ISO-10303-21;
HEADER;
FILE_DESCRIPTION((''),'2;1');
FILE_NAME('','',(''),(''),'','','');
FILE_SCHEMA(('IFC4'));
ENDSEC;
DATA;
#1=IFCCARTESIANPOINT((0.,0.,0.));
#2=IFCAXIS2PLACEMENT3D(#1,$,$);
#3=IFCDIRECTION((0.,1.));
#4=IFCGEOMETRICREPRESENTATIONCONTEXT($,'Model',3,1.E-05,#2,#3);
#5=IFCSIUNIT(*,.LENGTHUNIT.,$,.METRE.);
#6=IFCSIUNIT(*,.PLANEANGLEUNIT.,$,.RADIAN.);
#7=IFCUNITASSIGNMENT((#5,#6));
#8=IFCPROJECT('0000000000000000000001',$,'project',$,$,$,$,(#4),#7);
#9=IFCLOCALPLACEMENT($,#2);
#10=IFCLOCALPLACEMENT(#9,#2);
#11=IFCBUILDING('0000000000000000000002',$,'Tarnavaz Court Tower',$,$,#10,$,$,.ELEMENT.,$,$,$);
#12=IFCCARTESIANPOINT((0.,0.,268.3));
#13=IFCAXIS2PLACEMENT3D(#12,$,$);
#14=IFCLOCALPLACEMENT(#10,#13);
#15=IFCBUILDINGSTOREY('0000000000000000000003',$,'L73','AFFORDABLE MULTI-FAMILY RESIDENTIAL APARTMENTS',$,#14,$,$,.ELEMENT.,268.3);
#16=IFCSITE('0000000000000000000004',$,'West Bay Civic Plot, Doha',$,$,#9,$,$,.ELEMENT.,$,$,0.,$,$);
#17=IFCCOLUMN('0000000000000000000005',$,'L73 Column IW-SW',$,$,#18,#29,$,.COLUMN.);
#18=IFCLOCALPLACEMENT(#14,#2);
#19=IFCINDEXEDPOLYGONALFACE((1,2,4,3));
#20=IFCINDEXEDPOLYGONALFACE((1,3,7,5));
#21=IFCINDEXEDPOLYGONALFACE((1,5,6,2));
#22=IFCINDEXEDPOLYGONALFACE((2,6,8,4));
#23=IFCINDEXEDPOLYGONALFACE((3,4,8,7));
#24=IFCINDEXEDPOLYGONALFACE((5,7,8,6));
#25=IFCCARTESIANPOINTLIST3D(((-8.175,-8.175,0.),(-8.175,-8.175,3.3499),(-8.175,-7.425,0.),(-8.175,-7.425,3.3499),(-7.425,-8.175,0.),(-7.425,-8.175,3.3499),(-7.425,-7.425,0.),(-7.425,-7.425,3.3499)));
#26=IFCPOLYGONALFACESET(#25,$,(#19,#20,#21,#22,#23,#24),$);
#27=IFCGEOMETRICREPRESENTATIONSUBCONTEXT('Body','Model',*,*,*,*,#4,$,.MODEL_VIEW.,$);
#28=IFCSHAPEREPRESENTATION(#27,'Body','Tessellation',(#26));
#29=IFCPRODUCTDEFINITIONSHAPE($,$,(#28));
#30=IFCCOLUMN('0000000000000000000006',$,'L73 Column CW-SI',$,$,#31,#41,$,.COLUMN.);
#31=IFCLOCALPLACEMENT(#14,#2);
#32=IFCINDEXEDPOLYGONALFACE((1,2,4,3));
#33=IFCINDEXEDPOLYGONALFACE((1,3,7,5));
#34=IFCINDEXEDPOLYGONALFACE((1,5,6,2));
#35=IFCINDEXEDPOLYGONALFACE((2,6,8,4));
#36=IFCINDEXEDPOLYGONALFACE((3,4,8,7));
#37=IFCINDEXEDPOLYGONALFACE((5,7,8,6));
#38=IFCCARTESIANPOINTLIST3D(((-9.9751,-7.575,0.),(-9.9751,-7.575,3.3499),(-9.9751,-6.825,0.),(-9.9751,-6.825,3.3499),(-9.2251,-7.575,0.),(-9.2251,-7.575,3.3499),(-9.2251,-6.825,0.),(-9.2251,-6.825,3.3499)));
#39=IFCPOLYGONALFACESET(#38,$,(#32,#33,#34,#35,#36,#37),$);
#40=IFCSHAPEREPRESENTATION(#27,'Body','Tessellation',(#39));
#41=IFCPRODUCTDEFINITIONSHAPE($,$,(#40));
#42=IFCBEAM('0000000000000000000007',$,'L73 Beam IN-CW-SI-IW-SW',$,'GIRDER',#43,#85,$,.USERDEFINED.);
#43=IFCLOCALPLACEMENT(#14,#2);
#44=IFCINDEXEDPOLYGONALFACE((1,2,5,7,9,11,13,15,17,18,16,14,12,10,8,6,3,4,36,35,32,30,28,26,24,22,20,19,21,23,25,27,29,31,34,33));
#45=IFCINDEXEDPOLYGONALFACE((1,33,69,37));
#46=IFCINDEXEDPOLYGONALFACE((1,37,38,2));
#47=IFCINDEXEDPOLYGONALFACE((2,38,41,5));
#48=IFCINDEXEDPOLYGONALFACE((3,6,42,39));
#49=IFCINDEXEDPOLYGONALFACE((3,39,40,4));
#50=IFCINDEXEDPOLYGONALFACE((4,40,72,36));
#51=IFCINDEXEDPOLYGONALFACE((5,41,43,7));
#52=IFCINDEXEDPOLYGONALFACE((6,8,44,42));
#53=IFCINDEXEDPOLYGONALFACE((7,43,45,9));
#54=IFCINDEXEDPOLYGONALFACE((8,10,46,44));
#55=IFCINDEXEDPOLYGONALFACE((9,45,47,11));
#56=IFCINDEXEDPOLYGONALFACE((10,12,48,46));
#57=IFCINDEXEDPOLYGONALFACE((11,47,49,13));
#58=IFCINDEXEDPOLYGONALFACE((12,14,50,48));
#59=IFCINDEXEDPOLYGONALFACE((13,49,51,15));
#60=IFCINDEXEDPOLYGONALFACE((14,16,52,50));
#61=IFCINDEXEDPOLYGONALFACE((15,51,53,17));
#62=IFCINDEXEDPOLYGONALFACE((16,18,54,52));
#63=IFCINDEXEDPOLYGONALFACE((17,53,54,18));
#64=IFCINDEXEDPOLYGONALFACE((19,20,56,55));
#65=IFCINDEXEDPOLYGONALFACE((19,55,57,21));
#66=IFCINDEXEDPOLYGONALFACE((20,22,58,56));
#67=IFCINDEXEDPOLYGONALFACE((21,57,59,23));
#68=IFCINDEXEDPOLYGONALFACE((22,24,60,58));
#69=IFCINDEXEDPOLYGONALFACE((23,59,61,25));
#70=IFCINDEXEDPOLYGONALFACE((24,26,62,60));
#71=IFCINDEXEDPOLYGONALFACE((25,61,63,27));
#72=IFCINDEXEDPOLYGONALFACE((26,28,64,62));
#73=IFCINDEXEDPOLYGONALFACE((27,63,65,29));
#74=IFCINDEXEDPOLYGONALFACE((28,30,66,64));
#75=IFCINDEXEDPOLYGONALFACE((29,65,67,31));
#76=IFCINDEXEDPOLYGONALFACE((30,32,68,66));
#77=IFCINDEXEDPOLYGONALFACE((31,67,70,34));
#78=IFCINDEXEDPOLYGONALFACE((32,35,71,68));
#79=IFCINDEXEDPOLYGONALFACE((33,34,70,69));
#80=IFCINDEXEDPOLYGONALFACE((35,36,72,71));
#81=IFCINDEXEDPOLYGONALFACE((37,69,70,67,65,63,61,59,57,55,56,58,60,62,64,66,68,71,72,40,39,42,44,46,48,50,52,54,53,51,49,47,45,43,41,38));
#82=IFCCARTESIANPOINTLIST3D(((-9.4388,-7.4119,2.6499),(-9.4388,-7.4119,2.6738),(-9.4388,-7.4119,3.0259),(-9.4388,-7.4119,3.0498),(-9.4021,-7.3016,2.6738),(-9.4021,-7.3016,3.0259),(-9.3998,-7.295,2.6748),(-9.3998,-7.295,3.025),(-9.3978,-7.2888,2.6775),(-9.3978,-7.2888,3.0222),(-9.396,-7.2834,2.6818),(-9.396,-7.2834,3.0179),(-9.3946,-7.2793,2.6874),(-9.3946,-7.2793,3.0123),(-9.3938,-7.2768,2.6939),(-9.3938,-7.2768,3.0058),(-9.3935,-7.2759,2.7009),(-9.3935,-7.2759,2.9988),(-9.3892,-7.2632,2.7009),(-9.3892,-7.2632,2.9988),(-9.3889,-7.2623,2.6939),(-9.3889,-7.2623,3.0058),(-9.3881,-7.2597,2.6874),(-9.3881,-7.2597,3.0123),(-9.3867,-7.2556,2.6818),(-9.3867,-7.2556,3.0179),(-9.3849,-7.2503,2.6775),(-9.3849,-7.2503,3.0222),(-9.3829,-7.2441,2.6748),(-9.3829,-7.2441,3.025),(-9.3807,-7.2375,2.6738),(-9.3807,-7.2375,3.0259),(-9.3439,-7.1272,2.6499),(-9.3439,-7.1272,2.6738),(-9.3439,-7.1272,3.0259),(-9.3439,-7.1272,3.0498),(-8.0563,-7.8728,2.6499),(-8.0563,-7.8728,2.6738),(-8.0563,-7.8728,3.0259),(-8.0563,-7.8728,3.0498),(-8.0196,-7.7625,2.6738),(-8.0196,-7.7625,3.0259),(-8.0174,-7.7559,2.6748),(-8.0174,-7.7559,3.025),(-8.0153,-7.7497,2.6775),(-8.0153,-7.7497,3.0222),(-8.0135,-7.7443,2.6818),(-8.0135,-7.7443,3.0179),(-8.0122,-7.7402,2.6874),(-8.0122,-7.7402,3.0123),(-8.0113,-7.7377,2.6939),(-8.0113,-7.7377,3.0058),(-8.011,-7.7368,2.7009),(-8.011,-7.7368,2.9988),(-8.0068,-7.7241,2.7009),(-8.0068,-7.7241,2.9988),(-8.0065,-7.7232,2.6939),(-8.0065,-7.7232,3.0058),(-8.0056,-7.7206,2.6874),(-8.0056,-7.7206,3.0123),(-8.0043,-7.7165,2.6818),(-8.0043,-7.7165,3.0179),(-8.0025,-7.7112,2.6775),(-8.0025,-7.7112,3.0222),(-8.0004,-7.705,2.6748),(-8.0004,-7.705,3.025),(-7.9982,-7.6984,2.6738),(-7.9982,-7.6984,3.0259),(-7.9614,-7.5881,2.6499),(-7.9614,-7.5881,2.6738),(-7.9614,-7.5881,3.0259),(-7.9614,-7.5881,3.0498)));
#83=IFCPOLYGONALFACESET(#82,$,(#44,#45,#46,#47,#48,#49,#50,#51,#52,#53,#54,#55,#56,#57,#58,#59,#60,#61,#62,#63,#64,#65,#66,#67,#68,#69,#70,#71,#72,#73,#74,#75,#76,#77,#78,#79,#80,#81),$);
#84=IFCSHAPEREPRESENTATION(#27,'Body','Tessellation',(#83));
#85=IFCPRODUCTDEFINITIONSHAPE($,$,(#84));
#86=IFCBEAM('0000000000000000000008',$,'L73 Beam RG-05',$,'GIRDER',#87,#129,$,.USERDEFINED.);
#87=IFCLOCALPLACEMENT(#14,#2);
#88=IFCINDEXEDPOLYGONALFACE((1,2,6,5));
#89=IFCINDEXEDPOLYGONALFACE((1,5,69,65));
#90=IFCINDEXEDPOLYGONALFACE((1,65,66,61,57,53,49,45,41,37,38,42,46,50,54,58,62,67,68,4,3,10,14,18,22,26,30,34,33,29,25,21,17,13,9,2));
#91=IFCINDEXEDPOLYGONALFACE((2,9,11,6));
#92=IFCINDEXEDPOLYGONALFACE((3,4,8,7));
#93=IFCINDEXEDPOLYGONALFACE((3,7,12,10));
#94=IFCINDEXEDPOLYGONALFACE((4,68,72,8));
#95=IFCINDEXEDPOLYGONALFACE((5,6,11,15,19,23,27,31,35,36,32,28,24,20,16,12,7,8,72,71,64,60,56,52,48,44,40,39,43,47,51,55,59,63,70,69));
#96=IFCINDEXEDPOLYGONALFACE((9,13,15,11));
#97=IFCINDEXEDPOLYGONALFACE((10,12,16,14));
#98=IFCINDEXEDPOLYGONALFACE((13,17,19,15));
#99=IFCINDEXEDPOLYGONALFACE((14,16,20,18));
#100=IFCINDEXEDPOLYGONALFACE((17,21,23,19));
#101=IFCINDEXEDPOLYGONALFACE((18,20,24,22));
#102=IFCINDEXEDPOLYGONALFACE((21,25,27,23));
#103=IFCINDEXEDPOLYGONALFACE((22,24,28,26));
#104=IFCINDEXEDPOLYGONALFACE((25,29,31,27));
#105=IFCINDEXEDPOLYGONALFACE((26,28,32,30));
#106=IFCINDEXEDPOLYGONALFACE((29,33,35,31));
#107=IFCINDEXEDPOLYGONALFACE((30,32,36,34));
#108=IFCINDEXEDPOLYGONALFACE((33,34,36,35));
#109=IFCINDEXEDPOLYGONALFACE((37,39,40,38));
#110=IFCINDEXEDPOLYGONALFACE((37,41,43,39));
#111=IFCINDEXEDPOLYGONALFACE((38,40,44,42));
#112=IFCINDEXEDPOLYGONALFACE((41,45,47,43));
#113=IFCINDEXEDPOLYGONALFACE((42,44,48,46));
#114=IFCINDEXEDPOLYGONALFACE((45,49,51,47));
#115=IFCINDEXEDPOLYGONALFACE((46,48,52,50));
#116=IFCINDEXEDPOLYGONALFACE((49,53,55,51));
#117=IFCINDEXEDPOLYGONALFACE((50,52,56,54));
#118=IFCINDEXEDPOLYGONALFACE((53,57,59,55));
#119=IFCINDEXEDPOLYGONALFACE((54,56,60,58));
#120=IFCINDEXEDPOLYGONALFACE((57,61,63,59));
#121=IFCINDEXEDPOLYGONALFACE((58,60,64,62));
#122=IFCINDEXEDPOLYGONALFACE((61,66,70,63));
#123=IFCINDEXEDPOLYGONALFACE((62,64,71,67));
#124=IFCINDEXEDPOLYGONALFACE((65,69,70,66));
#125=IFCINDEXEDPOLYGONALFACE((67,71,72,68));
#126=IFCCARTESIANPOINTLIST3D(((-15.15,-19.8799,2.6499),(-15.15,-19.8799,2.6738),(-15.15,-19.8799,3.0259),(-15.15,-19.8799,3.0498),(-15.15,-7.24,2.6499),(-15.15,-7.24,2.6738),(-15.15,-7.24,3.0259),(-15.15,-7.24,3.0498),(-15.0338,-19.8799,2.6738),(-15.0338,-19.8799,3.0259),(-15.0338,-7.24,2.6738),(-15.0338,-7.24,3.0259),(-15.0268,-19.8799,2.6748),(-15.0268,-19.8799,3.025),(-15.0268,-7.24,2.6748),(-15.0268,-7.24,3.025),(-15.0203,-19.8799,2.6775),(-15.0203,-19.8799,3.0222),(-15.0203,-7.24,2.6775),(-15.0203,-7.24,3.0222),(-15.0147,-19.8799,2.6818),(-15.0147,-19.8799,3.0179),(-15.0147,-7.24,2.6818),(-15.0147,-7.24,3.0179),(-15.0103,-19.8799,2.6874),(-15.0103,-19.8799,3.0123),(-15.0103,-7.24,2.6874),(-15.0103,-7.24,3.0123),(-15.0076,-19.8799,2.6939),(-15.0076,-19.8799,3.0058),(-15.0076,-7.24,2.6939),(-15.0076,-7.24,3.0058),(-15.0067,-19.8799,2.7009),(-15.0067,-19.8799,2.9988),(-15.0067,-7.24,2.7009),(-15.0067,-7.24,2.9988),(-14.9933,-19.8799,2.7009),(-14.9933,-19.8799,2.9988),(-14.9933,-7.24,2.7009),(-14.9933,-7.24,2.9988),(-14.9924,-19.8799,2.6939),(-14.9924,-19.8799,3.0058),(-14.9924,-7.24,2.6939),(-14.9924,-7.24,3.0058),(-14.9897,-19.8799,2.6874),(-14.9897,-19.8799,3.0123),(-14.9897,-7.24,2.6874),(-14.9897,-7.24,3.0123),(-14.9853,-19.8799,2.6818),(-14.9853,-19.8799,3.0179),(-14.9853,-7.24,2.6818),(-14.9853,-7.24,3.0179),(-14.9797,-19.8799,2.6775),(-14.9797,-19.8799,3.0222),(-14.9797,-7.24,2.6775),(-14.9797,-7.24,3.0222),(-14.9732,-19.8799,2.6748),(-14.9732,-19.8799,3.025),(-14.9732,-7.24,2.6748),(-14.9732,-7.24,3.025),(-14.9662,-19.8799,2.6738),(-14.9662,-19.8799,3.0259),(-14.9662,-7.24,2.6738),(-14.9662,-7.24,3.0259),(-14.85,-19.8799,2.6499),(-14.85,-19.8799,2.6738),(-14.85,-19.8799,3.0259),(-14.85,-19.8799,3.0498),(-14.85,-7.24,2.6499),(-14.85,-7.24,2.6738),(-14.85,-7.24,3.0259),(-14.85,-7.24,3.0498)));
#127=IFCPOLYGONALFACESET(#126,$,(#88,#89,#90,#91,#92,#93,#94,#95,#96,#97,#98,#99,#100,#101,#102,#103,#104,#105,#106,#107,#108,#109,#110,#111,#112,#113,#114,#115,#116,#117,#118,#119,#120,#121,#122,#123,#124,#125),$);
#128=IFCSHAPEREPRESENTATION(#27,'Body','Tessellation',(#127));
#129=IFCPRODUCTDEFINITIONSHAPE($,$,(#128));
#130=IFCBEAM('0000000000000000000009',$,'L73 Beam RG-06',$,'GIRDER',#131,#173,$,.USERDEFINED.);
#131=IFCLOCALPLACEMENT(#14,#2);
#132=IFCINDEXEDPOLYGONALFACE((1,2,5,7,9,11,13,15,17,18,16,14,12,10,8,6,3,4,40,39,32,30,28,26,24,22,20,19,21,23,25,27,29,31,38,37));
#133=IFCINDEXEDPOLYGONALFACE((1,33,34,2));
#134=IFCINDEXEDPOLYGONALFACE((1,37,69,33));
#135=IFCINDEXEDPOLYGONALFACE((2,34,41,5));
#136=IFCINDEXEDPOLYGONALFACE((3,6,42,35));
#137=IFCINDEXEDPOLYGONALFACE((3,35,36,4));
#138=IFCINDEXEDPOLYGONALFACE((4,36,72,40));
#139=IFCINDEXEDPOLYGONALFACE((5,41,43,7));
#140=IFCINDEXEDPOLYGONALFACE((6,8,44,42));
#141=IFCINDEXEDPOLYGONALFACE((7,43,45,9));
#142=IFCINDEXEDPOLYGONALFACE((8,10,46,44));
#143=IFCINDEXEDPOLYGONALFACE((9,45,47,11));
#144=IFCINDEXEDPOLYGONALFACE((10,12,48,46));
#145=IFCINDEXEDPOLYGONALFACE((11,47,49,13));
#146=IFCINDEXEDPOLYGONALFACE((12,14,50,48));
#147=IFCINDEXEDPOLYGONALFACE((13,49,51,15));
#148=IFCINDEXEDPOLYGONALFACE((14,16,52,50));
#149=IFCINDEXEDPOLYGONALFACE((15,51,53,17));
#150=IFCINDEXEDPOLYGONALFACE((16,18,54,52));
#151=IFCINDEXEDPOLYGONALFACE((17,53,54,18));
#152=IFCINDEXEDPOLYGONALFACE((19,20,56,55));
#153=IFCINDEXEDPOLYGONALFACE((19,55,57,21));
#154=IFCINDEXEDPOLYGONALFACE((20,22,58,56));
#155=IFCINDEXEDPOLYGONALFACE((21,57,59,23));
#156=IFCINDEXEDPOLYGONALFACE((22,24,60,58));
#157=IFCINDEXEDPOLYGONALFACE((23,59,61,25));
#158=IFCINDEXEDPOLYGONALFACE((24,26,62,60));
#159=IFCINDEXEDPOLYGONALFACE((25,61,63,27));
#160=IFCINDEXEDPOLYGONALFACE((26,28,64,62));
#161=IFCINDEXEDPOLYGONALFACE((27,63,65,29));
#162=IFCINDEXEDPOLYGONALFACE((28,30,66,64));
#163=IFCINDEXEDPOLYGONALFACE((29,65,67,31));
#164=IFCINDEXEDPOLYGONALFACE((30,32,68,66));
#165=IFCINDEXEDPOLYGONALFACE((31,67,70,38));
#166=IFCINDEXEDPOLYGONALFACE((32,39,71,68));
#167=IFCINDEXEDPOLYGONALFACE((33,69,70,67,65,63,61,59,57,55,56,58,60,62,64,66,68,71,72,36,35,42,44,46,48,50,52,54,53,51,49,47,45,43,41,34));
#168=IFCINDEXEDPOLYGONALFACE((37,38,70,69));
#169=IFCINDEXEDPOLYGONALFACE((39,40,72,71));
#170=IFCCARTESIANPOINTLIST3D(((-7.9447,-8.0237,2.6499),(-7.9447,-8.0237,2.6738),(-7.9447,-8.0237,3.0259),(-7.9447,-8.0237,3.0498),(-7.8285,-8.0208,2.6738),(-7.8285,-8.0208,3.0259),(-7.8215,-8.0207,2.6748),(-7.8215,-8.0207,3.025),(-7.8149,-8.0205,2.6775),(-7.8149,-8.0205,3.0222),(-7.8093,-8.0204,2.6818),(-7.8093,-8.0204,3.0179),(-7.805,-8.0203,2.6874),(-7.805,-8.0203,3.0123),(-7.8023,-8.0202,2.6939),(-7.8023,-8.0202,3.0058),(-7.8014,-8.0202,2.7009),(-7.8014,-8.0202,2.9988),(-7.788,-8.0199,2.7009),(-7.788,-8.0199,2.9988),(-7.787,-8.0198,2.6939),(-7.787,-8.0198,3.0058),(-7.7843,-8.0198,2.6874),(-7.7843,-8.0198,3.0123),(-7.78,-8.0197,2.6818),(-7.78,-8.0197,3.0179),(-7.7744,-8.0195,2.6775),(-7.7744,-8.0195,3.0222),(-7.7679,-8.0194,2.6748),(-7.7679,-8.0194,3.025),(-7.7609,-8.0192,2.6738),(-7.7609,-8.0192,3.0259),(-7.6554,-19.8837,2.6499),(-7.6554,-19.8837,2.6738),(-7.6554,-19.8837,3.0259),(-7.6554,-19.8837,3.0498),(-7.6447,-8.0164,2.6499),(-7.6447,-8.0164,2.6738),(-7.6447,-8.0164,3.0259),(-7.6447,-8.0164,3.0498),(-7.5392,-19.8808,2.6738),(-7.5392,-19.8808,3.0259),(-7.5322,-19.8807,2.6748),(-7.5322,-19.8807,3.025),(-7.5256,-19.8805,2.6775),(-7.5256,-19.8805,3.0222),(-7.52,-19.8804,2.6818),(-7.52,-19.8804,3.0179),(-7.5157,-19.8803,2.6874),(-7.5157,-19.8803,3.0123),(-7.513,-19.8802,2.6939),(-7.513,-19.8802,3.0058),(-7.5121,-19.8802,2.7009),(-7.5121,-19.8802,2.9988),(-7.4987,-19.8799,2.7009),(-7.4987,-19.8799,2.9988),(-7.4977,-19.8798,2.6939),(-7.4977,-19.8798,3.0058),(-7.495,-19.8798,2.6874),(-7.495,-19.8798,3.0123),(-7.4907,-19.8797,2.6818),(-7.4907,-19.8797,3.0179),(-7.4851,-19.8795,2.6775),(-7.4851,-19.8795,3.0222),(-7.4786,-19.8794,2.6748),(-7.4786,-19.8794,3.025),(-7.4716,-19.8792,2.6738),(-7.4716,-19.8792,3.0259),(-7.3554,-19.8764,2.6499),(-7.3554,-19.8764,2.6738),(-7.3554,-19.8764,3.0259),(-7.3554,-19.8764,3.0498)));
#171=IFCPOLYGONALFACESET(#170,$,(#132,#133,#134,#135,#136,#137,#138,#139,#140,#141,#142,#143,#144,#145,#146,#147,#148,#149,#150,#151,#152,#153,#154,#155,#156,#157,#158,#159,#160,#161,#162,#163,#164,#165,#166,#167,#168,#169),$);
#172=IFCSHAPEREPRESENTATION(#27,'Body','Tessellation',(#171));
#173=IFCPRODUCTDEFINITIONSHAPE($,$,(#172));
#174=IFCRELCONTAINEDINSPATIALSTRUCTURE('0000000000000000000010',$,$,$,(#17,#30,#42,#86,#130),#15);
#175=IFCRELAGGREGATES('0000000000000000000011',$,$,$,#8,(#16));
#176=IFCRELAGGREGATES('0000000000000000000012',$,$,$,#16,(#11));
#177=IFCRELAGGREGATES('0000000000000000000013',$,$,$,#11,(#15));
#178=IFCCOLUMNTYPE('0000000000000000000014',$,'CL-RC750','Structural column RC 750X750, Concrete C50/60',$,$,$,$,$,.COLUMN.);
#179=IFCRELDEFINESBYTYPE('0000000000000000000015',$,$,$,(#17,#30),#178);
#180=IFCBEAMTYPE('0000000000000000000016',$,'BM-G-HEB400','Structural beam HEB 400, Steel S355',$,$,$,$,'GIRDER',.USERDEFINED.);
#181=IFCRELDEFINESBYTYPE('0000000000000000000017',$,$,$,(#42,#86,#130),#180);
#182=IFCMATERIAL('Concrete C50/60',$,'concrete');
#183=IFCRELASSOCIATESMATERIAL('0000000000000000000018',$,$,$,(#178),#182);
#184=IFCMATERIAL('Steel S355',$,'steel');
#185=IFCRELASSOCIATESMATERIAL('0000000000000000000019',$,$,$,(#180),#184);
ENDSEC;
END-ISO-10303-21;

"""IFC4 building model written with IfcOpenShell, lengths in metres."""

from ifc_helpers import new_model, si_unit, direction, frame, origin, origin_2d, place, context, subcontext, project, spatial, rectangle, i_section, extrude, material, material_profile, profile_set, type_object, element, save


model = new_model("IFC4")

# Units and contexts
model_context = context("Model", 3, precision=1e-05, world=origin(), true_north=direction((0.0, 1.0)))
body_context = subcontext(model_context, "Body", "Model", "MODEL_VIEW")
ifc_project = project(units=[si_unit("LENGTHUNIT", "METRE"), si_unit("PLANEANGLEUNIT", "RADIAN")], contexts=[model_context])

# Site, building, storey
site_placement = place(None, origin())
site = spatial("IfcSite", under=ifc_project, at=site_placement, Name="West Bay Civic Plot, Doha", CompositionType="ELEMENT", RefElevation=0.0)
building_placement = place(site_placement, origin())
building = spatial("IfcBuilding", under=site, at=building_placement, Name="Tarnavaz Court Tower", CompositionType="ELEMENT")
storey_placement = place(building_placement, frame((0.0, 0.0, 268.3)))
storey = spatial("IfcBuildingStorey", under=building, at=storey_placement, Name="L73", Description="AFFORDABLE MULTI-FAMILY RESIDENTIAL APARTMENTS", CompositionType="ELEMENT", Elevation=268.3)

# Columns
ifc_material_1 = material(Name="Concrete C50/60", Category="concrete")
ifc_material_profile_1 = material_profile(ifc_material_1, rectangle(XDim=0.75, YDim=0.75, at=origin_2d()), Name="RC 750X750")
ifc_profile_set_1 = profile_set([ifc_material_profile_1], Name="Concrete C50/60")
column_type = type_object("IfcColumnType", Name="CL-RC750", Description="Structural column RC 750X750, Concrete C50/60", PredefinedType="COLUMN", material=ifc_profile_set_1)
for number, where, z_axis, x_axis, name in (
    (1, (-7.8, -7.8, 0.0), (0.0, 0.0, 1.0), (1.0, 0.0, 0.0), "L73 Column IW-SW"),
    (2, (-9.6001, -7.2, 0.0), (0.0, 0.0, 1.0), (1.0, 0.0, 0.0), "L73 Column CW-SI"),
):
    element("IfcColumn", number, at=place(storey_placement, frame(where, z_axis=z_axis, x_axis=x_axis)), inside=storey, type_object=column_type, Name=name, PredefinedType="COLUMN", context=body_context, shape_type="SweptSolid", body=[
        extrude(rectangle(XDim=0.75, YDim=0.75, at=origin_2d()), origin(), (0.0, 0.0, 1.0), 3.3499),
    ])

# Beams
ifc_material_2 = material(Name="Steel S355", Category="steel")
ifc_material_profile_2 = material_profile(ifc_material_2, i_section(OverallWidth=0.3, OverallDepth=0.3999, WebThickness=0.0134, FlangeThickness=0.0239, FilletRadius=0.0271, at=origin_2d()), Name="HEB 400")
ifc_profile_set_2 = profile_set([ifc_material_profile_2], Name="Steel S355")
beam_type_1 = type_object("IfcBeamType", Name="BM-G-HEB400", Description="Structural beam HEB 400, Steel S355", ElementType="GIRDER", PredefinedType="USERDEFINED", material=ifc_profile_set_2)
beam_1_placement = place(storey_placement, frame((-9.3914, -7.2695, 2.8499), z_axis=(0.948667, -0.316278, 0.0), x_axis=(0.316278, 0.948667, 0.0)))
element("IfcBeam", 3, at=beam_1_placement, inside=storey, type_object=beam_type_1, Name="L73 Beam IN-CW-SI-IW-SW", ObjectType="GIRDER", PredefinedType="USERDEFINED", context=body_context, shape_type="SweptSolid", body=[
    extrude(i_section(OverallWidth=0.3, OverallDepth=0.3999, WebThickness=0.0134, FlangeThickness=0.0239, FilletRadius=0.0271, at=origin_2d()), origin(), (0.0, 0.0, 1.0), 1.4573),
])
beam_2_placement = place(storey_placement, frame((-15.0, -7.24, 2.8499), z_axis=(0.0, -1.0, 0.0), x_axis=(1.0, 0.0, 0.0)))
element("IfcBeam", 4, at=beam_2_placement, inside=storey, type_object=beam_type_1, Name="L73 Beam RG-05", ObjectType="GIRDER", PredefinedType="USERDEFINED", context=body_context, shape_type="SweptSolid", body=[
    extrude(i_section(OverallWidth=0.3, OverallDepth=0.3999, WebThickness=0.0134, FlangeThickness=0.0239, FilletRadius=0.0271, at=origin_2d()), origin(), (0.0, 0.0, 1.0), 12.6399),
])
beam_3_placement = place(storey_placement, frame((-7.7947, -8.02, 2.8499), z_axis=(0.024386, -0.999703, 0.0), x_axis=(0.999703, 0.024386, 0.0)))
element("IfcBeam", 5, at=beam_3_placement, inside=storey, type_object=beam_type_1, Name="L73 Beam RG-06", ObjectType="GIRDER", PredefinedType="USERDEFINED", context=body_context, shape_type="SweptSolid", body=[
    extrude(i_section(OverallWidth=0.3, OverallDepth=0.3999, WebThickness=0.0134, FlangeThickness=0.0239, FilletRadius=0.0271, at=origin_2d()), origin(), (0.0, 0.0, 1.0), 11.8635),
])

save(model, "model.ifc")
